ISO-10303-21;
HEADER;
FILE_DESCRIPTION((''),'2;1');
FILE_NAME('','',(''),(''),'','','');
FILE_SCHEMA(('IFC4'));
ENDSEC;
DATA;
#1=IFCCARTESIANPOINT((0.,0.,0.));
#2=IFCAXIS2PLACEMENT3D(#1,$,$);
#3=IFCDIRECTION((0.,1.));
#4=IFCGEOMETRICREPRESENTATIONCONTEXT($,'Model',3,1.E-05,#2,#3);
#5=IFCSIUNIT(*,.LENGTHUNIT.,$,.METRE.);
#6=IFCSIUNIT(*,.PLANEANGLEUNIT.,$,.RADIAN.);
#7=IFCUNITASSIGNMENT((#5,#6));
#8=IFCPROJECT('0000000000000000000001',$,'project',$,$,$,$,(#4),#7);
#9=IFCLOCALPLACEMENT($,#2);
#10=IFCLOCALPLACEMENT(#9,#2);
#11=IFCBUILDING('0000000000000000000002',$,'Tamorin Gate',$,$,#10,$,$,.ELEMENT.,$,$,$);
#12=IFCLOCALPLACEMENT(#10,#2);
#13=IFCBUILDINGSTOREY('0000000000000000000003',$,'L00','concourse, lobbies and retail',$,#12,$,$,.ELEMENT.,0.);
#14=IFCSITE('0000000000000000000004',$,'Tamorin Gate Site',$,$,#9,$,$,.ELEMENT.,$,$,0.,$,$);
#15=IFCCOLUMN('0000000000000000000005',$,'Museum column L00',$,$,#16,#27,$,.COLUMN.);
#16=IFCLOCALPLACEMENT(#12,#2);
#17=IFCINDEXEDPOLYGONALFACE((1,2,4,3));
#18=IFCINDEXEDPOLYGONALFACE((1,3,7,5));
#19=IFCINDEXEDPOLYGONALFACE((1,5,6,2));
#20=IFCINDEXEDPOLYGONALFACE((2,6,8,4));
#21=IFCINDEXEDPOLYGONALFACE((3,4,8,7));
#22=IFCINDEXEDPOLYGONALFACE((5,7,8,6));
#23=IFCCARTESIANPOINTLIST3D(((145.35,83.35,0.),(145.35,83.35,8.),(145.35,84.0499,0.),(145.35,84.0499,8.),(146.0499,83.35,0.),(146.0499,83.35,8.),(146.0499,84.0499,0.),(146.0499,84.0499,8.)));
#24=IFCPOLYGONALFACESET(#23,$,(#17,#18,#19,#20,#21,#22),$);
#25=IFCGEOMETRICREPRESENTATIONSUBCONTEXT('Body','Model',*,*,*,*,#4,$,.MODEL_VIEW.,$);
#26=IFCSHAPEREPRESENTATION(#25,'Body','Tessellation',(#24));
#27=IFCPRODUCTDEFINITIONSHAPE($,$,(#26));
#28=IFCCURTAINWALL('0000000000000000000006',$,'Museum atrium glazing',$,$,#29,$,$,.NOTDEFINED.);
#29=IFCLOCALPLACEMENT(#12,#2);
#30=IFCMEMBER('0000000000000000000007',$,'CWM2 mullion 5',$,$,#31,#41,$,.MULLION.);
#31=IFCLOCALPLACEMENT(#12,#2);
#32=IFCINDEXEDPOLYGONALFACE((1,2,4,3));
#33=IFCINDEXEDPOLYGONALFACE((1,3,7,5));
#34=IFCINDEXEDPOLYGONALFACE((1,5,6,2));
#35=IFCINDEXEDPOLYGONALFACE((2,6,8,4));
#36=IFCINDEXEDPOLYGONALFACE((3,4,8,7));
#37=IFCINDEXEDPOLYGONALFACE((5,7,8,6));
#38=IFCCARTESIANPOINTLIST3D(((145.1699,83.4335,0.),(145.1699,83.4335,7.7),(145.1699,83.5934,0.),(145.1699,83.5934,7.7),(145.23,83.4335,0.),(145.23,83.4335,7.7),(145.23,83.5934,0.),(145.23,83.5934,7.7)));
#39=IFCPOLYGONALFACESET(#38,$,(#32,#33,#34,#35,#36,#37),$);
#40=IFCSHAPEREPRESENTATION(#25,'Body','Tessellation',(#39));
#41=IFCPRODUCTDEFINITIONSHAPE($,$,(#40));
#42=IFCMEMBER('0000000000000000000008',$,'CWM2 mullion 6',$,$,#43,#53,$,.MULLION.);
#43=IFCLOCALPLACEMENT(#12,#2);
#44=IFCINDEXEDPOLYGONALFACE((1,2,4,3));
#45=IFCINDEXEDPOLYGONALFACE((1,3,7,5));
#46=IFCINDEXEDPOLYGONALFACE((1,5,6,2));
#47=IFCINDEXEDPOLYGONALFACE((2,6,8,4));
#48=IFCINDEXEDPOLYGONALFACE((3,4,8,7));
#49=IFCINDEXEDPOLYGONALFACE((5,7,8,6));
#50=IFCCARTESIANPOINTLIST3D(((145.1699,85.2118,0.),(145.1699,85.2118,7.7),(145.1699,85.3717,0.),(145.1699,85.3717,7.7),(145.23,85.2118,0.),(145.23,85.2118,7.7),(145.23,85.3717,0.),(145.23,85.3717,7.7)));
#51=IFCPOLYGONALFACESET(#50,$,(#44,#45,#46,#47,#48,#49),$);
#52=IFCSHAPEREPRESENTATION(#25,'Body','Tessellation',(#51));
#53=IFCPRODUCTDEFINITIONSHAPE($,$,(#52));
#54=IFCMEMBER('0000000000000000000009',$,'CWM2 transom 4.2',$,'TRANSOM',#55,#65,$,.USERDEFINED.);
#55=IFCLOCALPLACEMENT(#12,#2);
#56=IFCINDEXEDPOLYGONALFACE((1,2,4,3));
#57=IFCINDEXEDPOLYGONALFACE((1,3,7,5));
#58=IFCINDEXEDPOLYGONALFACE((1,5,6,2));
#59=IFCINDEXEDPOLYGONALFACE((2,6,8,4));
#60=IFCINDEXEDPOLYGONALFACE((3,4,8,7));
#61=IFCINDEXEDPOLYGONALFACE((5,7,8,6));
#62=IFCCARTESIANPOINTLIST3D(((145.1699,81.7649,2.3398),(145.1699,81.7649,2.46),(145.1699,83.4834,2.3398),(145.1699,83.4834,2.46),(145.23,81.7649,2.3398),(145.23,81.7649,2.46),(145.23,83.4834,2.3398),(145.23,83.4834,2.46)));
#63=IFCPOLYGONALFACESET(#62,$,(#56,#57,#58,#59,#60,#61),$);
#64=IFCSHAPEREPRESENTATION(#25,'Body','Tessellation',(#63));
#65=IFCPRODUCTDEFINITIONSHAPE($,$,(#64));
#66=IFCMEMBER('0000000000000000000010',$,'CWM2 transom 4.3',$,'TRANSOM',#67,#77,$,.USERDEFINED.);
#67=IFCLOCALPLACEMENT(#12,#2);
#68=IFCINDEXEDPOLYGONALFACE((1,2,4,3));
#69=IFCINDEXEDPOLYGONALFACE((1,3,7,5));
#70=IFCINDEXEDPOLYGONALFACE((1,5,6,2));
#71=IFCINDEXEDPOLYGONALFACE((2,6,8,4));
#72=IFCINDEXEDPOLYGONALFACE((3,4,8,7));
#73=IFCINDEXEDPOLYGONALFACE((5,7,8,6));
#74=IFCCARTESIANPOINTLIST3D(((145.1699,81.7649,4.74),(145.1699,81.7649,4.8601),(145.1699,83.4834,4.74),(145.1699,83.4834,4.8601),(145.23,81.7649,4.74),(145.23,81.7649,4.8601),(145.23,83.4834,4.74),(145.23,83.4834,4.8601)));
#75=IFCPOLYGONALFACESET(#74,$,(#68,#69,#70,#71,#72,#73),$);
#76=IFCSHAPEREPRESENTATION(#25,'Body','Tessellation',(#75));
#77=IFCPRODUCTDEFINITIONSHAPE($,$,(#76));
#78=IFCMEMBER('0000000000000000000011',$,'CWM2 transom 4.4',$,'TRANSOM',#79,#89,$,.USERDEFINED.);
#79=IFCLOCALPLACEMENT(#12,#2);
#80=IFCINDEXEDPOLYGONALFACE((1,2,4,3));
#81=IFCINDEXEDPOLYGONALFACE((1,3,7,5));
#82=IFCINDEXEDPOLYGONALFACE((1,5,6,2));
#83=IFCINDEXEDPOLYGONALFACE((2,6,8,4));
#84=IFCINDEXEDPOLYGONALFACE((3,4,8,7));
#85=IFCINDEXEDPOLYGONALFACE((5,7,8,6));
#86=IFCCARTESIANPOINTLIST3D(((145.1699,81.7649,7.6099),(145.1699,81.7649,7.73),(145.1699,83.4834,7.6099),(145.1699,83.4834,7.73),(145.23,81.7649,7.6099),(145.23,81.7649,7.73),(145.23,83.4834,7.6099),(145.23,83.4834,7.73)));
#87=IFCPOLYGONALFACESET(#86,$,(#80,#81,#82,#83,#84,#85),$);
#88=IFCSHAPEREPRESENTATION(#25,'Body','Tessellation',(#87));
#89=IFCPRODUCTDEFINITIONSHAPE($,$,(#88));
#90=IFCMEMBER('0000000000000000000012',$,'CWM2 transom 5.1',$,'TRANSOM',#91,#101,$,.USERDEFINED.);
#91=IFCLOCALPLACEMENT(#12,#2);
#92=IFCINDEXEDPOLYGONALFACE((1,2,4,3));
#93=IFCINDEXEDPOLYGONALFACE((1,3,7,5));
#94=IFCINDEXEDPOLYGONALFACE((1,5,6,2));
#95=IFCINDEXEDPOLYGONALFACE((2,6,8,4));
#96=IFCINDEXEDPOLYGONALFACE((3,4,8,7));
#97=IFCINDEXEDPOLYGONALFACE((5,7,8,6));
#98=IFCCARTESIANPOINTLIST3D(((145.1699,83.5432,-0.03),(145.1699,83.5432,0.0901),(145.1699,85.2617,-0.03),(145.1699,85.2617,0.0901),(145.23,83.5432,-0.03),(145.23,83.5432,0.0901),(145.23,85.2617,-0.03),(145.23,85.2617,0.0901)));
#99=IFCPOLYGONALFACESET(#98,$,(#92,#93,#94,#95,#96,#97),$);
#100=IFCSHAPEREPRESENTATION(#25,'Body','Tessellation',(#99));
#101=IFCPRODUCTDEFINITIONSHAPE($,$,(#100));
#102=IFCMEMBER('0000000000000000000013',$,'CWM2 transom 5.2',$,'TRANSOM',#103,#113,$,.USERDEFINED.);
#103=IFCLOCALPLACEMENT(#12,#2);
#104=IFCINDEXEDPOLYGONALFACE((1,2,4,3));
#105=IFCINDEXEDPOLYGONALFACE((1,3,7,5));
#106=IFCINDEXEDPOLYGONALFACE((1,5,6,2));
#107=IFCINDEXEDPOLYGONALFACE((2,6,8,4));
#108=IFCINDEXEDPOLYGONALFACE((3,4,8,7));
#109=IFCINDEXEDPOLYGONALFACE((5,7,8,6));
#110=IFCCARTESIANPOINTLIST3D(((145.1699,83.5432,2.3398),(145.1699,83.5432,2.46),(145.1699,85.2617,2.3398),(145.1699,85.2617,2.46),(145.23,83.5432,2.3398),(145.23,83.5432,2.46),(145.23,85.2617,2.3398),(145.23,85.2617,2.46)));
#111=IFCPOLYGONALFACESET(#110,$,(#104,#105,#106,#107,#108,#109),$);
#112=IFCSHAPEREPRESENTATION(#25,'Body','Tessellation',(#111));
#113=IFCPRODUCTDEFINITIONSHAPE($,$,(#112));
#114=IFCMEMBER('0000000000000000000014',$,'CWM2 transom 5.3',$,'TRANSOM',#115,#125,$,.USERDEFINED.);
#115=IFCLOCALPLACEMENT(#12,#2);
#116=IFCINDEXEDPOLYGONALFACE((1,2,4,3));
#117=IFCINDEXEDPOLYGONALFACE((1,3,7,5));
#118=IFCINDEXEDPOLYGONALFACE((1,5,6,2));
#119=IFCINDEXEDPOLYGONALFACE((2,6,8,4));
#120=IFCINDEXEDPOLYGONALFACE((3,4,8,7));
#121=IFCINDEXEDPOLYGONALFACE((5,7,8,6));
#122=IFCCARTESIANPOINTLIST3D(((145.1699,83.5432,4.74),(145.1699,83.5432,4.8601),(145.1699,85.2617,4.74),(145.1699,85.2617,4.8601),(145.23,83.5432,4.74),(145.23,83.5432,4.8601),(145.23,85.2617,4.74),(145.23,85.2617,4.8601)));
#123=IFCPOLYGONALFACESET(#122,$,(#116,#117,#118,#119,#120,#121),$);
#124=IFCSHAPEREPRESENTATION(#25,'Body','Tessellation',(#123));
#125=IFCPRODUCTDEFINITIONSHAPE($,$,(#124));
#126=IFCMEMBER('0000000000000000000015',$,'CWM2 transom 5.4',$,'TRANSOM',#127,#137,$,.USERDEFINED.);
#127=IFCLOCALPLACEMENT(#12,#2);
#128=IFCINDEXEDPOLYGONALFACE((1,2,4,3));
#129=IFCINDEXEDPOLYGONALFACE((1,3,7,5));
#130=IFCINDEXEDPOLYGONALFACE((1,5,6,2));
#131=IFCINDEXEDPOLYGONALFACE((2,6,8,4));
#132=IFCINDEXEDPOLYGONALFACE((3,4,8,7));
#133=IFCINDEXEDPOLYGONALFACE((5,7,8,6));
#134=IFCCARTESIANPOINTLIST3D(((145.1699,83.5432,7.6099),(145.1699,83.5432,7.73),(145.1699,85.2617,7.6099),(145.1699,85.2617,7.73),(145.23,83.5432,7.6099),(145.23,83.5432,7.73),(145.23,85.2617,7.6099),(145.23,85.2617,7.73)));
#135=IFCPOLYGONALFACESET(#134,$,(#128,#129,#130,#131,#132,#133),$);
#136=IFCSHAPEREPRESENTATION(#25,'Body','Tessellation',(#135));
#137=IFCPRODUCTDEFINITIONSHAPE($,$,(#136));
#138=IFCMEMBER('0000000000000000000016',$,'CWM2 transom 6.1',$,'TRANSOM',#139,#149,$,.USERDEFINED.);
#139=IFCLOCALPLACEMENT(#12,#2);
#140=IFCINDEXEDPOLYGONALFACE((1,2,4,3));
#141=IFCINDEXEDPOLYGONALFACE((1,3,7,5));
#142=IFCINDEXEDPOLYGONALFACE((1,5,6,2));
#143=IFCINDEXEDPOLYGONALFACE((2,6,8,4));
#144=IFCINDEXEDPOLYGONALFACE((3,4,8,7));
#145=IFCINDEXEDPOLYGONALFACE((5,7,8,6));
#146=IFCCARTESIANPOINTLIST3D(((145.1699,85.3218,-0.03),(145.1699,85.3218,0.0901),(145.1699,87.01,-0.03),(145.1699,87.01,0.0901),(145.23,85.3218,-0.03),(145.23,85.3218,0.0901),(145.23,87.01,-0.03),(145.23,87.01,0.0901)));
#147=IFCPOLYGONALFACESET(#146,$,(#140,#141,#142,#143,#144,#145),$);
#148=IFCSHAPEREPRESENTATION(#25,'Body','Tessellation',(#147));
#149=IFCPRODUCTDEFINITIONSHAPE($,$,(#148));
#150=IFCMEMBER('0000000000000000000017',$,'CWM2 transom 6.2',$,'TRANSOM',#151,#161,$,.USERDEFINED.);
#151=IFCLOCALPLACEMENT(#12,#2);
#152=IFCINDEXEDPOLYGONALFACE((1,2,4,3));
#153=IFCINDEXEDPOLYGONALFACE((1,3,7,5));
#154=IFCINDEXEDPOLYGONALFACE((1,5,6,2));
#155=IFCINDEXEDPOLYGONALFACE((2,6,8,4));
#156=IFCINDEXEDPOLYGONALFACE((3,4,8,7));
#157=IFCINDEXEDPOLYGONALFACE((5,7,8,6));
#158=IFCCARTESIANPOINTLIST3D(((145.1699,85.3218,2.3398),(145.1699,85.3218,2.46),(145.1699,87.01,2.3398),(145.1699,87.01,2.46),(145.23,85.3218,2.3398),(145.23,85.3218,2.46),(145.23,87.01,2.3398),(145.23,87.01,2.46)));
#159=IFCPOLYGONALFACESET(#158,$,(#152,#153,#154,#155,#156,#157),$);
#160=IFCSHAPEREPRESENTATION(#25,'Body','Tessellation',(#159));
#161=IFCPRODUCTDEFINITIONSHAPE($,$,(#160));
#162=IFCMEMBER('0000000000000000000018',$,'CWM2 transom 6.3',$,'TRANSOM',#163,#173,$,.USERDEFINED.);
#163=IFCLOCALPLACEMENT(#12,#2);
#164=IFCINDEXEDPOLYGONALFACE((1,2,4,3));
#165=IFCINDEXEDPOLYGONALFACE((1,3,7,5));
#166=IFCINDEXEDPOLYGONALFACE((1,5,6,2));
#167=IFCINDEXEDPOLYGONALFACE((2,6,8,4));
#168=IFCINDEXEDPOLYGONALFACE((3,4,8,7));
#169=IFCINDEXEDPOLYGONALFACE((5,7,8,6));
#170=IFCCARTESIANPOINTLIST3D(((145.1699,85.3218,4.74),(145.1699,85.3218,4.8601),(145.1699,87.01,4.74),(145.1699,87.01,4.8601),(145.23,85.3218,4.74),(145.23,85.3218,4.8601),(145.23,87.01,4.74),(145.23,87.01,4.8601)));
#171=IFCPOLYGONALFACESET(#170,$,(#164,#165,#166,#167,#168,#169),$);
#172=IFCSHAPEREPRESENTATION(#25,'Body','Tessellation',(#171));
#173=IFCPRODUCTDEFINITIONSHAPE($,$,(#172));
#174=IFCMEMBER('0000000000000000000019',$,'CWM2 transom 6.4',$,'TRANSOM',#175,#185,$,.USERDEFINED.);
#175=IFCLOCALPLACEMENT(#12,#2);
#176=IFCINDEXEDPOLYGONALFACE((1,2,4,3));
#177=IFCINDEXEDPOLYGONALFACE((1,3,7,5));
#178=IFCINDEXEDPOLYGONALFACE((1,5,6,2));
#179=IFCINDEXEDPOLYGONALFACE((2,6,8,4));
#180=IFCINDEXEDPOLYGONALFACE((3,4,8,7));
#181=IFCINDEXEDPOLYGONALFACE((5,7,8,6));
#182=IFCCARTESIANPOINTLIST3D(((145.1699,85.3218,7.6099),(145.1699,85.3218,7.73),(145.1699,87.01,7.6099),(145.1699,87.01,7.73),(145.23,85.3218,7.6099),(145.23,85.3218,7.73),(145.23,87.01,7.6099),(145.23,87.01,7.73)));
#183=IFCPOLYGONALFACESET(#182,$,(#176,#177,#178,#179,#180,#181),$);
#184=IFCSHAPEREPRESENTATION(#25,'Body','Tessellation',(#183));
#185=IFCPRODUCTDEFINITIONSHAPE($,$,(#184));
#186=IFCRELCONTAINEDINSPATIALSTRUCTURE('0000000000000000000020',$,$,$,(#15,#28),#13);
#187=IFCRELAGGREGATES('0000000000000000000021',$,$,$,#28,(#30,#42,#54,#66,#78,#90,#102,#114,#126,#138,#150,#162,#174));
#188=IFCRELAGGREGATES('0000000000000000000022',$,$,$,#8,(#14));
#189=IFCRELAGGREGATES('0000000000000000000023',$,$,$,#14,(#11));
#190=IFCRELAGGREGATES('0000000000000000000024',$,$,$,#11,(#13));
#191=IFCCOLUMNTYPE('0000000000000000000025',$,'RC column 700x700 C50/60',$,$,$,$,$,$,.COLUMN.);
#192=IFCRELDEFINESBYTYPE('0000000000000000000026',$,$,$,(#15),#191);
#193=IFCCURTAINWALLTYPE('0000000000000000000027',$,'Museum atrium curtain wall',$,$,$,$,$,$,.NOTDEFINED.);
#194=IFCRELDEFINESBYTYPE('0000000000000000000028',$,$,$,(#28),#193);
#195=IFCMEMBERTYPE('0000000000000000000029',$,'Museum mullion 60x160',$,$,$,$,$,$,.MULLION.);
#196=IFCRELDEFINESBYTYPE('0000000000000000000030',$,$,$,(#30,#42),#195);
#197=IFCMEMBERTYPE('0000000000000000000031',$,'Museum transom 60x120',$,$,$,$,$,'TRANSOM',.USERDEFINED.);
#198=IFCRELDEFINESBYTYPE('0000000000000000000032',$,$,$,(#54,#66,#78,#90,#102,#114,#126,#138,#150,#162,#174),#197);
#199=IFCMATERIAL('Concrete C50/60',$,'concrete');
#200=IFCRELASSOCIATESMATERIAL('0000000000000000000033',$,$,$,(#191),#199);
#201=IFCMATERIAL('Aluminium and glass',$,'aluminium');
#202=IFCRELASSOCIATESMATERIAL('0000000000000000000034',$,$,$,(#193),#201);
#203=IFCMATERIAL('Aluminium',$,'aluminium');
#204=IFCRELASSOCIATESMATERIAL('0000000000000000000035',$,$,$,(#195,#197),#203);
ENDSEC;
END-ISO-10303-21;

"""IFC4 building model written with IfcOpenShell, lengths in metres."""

from ifc_helpers import new_model, si_unit, direction, frame, origin, origin_2d, place, context, subcontext, project, spatial, rectangle, extrude, material, material_profile, profile_set, type_object, element, aggregate, save


model = new_model("IFC4")

# Units and contexts
model_context = context("Model", 3, precision=1e-05, world=origin(), true_north=direction((0.0, 1.0)))
body_context = subcontext(model_context, "Body", "Model", "MODEL_VIEW")
ifc_project = project(units=[si_unit("LENGTHUNIT", "METRE"), si_unit("PLANEANGLEUNIT", "RADIAN")], contexts=[model_context])

# Site, building, storey
site_placement = place(None, origin())
site = spatial("IfcSite", under=ifc_project, at=site_placement, Name="Tamorin Gate Site", CompositionType="ELEMENT", RefElevation=0.0)
building_placement = place(site_placement, origin())
building = spatial("IfcBuilding", under=site, at=building_placement, Name="Tamorin Gate", CompositionType="ELEMENT")
storey_placement = place(building_placement, origin())
storey = spatial("IfcBuildingStorey", under=building, at=storey_placement, Name="L00", Description="concourse, lobbies and retail", CompositionType="ELEMENT", Elevation=0.0)

# Column
ifc_material_1 = material(Name="Concrete C50/60", Category="concrete")
ifc_material_profile_1 = material_profile(ifc_material_1, rectangle(XDim=0.7, YDim=0.7, at=origin_2d()), Name="RC 700x700")
ifc_profile_set_1 = profile_set([ifc_material_profile_1], Name="Concrete C50/60")
column_type = type_object("IfcColumnType", Name="RC column 700x700 C50/60", PredefinedType="COLUMN", material=ifc_profile_set_1)
column_placement = place(storey_placement, frame((145.7, 83.7, 0.0), z_axis=(0.0, 0.0, 1.0), x_axis=(1.0, 0.0, 0.0)))
element("IfcColumn", 1, at=column_placement, inside=storey, type_object=column_type, Name="Museum column L00", PredefinedType="COLUMN", context=body_context, shape_type="SweptSolid", body=[
    extrude(rectangle(XDim=0.7, YDim=0.7, at=origin_2d()), origin(), (0.0, 0.0, 1.0), 8.0),
])

# Curtain wall, members
ifc_material_2 = material(Name="Aluminium and glass", Category="aluminium")
curtain_wall_type = type_object("IfcCurtainWallType", Name="Museum atrium curtain wall", PredefinedType="NOTDEFINED", material=ifc_material_2)
curtain_wall_placement = place(storey_placement, origin())
curtain_wall = element("IfcCurtainWall", 2, at=curtain_wall_placement, inside=storey, type_object=curtain_wall_type, Name="Museum atrium glazing", PredefinedType="NOTDEFINED")
ifc_material_3 = material(Name="Aluminium", Category="aluminium")
ifc_material_profile_2 = material_profile(ifc_material_3, rectangle(XDim=0.0601, YDim=0.1599, at=origin_2d()), Name="RECT 60x160")
ifc_profile_set_2 = profile_set([ifc_material_profile_2], Name="Aluminium")
member_type_1 = type_object("IfcMemberType", Name="Museum mullion 60x160", PredefinedType="MULLION", material=ifc_profile_set_2)
member_1_placement = place(storey_placement, frame((145.2, 83.5134, 0.0), z_axis=(0.0, 0.0, 1.0), x_axis=(-1.0, 0.0, 0.0)))
member_1 = element("IfcMember", 3, at=member_1_placement, type_object=member_type_1, Name="CWM2 mullion 5", PredefinedType="MULLION", context=body_context, shape_type="SweptSolid", body=[
    extrude(rectangle(XDim=0.0601, YDim=0.1599, at=origin_2d()), origin(), (0.0, 0.0, 1.0), 7.7),
])
member_2_placement = place(storey_placement, frame((145.2, 85.2917, 0.0), z_axis=(0.0, 0.0, 1.0), x_axis=(-1.0, 0.0, 0.0)))
member_2 = element("IfcMember", 4, at=member_2_placement, type_object=member_type_1, Name="CWM2 mullion 6", PredefinedType="MULLION", context=body_context, shape_type="SweptSolid", body=[
    extrude(rectangle(XDim=0.0601, YDim=0.1599, at=origin_2d()), origin(), (0.0, 0.0, 1.0), 7.7),
])
ifc_material_profile_3 = material_profile(ifc_material_3, rectangle(XDim=0.0601, YDim=0.1201, at=origin_2d()), Name="RECT 60x120")
ifc_profile_set_3 = profile_set([ifc_material_profile_3], Name="Aluminium")
member_type_2 = type_object("IfcMemberType", Name="Museum transom 60x120", ElementType="TRANSOM", PredefinedType="USERDEFINED", material=ifc_profile_set_3)
member_3_placement = place(storey_placement, frame((145.2, 81.7649, 2.3999), z_axis=(0.0, 1.0, 0.0), x_axis=(-1.0, 0.0, 0.0)))
member_3 = element("IfcMember", 5, at=member_3_placement, type_object=member_type_2, Name="CWM2 transom 4.2", ObjectType="TRANSOM", PredefinedType="USERDEFINED", context=body_context, shape_type="SweptSolid", body=[
    extrude(rectangle(XDim=0.0601, YDim=0.1201, at=origin_2d()), origin(), (0.0, 0.0, 1.0), 1.7185),
])
member_4_placement = place(storey_placement, frame((145.2, 81.7649, 4.8), z_axis=(0.0, 1.0, 0.0), x_axis=(-1.0, 0.0, 0.0)))
member_4 = element("IfcMember", 6, at=member_4_placement, type_object=member_type_2, Name="CWM2 transom 4.3", ObjectType="TRANSOM", PredefinedType="USERDEFINED", context=body_context, shape_type="SweptSolid", body=[
    extrude(rectangle(XDim=0.0601, YDim=0.1201, at=origin_2d()), origin(), (0.0, 0.0, 1.0), 1.7185),
])
member_5_placement = place(storey_placement, frame((145.2, 81.7649, 7.6699), z_axis=(0.0, 1.0, 0.0), x_axis=(-1.0, 0.0, 0.0)))
member_5 = element("IfcMember", 7, at=member_5_placement, type_object=member_type_2, Name="CWM2 transom 4.4", ObjectType="TRANSOM", PredefinedType="USERDEFINED", context=body_context, shape_type="SweptSolid", body=[
    extrude(rectangle(XDim=0.0601, YDim=0.1201, at=origin_2d()), origin(), (0.0, 0.0, 1.0), 1.7185),
])
member_6_placement = place(storey_placement, frame((145.2, 83.5432, 0.03), z_axis=(0.0, 1.0, 0.0), x_axis=(-1.0, 0.0, 0.0)))
member_6 = element("IfcMember", 8, at=member_6_placement, type_object=member_type_2, Name="CWM2 transom 5.1", ObjectType="TRANSOM", PredefinedType="USERDEFINED", context=body_context, shape_type="SweptSolid", body=[
    extrude(rectangle(XDim=0.0601, YDim=0.1201, at=origin_2d()), origin(), (0.0, 0.0, 1.0), 1.7185),
])
member_7_placement = place(storey_placement, frame((145.2, 83.5432, 2.3999), z_axis=(0.0, 1.0, 0.0), x_axis=(-1.0, 0.0, 0.0)))
member_7 = element("IfcMember", 9, at=member_7_placement, type_object=member_type_2, Name="CWM2 transom 5.2", ObjectType="TRANSOM", PredefinedType="USERDEFINED", context=body_context, shape_type="SweptSolid", body=[
    extrude(rectangle(XDim=0.0601, YDim=0.1201, at=origin_2d()), origin(), (0.0, 0.0, 1.0), 1.7185),
])
member_8_placement = place(storey_placement, frame((145.2, 83.5432, 4.8), z_axis=(0.0, 1.0, 0.0), x_axis=(-1.0, 0.0, 0.0)))
member_8 = element("IfcMember", 10, at=member_8_placement, type_object=member_type_2, Name="CWM2 transom 5.3", ObjectType="TRANSOM", PredefinedType="USERDEFINED", context=body_context, shape_type="SweptSolid", body=[
    extrude(rectangle(XDim=0.0601, YDim=0.1201, at=origin_2d()), origin(), (0.0, 0.0, 1.0), 1.7185),
])
member_9_placement = place(storey_placement, frame((145.2, 83.5432, 7.6699), z_axis=(0.0, 1.0, 0.0), x_axis=(-1.0, 0.0, 0.0)))
member_9 = element("IfcMember", 11, at=member_9_placement, type_object=member_type_2, Name="CWM2 transom 5.4", ObjectType="TRANSOM", PredefinedType="USERDEFINED", context=body_context, shape_type="SweptSolid", body=[
    extrude(rectangle(XDim=0.0601, YDim=0.1201, at=origin_2d()), origin(), (0.0, 0.0, 1.0), 1.7185),
])
member_10_placement = place(storey_placement, frame((145.2, 85.3218, 0.03), z_axis=(0.0, 1.0, 0.0), x_axis=(-1.0, 0.0, 0.0)))
member_10 = element("IfcMember", 12, at=member_10_placement, type_object=member_type_2, Name="CWM2 transom 6.1", ObjectType="TRANSOM", PredefinedType="USERDEFINED", context=body_context, shape_type="SweptSolid", body=[
    extrude(rectangle(XDim=0.0601, YDim=0.1201, at=origin_2d()), origin(), (0.0, 0.0, 1.0), 1.6882),
])
member_11_placement = place(storey_placement, frame((145.2, 85.3218, 2.3999), z_axis=(0.0, 1.0, 0.0), x_axis=(-1.0, 0.0, 0.0)))
member_11 = element("IfcMember", 13, at=member_11_placement, type_object=member_type_2, Name="CWM2 transom 6.2", ObjectType="TRANSOM", PredefinedType="USERDEFINED", context=body_context, shape_type="SweptSolid", body=[
    extrude(rectangle(XDim=0.0601, YDim=0.1201, at=origin_2d()), origin(), (0.0, 0.0, 1.0), 1.6882),
])
member_12_placement = place(storey_placement, frame((145.2, 85.3218, 4.8), z_axis=(0.0, 1.0, 0.0), x_axis=(-1.0, 0.0, 0.0)))
member_12 = element("IfcMember", 14, at=member_12_placement, type_object=member_type_2, Name="CWM2 transom 6.3", ObjectType="TRANSOM", PredefinedType="USERDEFINED", context=body_context, shape_type="SweptSolid", body=[
    extrude(rectangle(XDim=0.0601, YDim=0.1201, at=origin_2d()), origin(), (0.0, 0.0, 1.0), 1.6882),
])
member_13_placement = place(storey_placement, frame((145.2, 85.3218, 7.6699), z_axis=(0.0, 1.0, 0.0), x_axis=(-1.0, 0.0, 0.0)))
member_13 = element("IfcMember", 15, at=member_13_placement, type_object=member_type_2, Name="CWM2 transom 6.4", ObjectType="TRANSOM", PredefinedType="USERDEFINED", context=body_context, shape_type="SweptSolid", body=[
    extrude(rectangle(XDim=0.0601, YDim=0.1201, at=origin_2d()), origin(), (0.0, 0.0, 1.0), 1.6882),
])
aggregate(curtain_wall, [member_1, member_2, member_3, member_4, member_5, member_6, member_7, member_8, member_9, member_10, member_11, member_12, member_13])

save(model, "model.ifc")
